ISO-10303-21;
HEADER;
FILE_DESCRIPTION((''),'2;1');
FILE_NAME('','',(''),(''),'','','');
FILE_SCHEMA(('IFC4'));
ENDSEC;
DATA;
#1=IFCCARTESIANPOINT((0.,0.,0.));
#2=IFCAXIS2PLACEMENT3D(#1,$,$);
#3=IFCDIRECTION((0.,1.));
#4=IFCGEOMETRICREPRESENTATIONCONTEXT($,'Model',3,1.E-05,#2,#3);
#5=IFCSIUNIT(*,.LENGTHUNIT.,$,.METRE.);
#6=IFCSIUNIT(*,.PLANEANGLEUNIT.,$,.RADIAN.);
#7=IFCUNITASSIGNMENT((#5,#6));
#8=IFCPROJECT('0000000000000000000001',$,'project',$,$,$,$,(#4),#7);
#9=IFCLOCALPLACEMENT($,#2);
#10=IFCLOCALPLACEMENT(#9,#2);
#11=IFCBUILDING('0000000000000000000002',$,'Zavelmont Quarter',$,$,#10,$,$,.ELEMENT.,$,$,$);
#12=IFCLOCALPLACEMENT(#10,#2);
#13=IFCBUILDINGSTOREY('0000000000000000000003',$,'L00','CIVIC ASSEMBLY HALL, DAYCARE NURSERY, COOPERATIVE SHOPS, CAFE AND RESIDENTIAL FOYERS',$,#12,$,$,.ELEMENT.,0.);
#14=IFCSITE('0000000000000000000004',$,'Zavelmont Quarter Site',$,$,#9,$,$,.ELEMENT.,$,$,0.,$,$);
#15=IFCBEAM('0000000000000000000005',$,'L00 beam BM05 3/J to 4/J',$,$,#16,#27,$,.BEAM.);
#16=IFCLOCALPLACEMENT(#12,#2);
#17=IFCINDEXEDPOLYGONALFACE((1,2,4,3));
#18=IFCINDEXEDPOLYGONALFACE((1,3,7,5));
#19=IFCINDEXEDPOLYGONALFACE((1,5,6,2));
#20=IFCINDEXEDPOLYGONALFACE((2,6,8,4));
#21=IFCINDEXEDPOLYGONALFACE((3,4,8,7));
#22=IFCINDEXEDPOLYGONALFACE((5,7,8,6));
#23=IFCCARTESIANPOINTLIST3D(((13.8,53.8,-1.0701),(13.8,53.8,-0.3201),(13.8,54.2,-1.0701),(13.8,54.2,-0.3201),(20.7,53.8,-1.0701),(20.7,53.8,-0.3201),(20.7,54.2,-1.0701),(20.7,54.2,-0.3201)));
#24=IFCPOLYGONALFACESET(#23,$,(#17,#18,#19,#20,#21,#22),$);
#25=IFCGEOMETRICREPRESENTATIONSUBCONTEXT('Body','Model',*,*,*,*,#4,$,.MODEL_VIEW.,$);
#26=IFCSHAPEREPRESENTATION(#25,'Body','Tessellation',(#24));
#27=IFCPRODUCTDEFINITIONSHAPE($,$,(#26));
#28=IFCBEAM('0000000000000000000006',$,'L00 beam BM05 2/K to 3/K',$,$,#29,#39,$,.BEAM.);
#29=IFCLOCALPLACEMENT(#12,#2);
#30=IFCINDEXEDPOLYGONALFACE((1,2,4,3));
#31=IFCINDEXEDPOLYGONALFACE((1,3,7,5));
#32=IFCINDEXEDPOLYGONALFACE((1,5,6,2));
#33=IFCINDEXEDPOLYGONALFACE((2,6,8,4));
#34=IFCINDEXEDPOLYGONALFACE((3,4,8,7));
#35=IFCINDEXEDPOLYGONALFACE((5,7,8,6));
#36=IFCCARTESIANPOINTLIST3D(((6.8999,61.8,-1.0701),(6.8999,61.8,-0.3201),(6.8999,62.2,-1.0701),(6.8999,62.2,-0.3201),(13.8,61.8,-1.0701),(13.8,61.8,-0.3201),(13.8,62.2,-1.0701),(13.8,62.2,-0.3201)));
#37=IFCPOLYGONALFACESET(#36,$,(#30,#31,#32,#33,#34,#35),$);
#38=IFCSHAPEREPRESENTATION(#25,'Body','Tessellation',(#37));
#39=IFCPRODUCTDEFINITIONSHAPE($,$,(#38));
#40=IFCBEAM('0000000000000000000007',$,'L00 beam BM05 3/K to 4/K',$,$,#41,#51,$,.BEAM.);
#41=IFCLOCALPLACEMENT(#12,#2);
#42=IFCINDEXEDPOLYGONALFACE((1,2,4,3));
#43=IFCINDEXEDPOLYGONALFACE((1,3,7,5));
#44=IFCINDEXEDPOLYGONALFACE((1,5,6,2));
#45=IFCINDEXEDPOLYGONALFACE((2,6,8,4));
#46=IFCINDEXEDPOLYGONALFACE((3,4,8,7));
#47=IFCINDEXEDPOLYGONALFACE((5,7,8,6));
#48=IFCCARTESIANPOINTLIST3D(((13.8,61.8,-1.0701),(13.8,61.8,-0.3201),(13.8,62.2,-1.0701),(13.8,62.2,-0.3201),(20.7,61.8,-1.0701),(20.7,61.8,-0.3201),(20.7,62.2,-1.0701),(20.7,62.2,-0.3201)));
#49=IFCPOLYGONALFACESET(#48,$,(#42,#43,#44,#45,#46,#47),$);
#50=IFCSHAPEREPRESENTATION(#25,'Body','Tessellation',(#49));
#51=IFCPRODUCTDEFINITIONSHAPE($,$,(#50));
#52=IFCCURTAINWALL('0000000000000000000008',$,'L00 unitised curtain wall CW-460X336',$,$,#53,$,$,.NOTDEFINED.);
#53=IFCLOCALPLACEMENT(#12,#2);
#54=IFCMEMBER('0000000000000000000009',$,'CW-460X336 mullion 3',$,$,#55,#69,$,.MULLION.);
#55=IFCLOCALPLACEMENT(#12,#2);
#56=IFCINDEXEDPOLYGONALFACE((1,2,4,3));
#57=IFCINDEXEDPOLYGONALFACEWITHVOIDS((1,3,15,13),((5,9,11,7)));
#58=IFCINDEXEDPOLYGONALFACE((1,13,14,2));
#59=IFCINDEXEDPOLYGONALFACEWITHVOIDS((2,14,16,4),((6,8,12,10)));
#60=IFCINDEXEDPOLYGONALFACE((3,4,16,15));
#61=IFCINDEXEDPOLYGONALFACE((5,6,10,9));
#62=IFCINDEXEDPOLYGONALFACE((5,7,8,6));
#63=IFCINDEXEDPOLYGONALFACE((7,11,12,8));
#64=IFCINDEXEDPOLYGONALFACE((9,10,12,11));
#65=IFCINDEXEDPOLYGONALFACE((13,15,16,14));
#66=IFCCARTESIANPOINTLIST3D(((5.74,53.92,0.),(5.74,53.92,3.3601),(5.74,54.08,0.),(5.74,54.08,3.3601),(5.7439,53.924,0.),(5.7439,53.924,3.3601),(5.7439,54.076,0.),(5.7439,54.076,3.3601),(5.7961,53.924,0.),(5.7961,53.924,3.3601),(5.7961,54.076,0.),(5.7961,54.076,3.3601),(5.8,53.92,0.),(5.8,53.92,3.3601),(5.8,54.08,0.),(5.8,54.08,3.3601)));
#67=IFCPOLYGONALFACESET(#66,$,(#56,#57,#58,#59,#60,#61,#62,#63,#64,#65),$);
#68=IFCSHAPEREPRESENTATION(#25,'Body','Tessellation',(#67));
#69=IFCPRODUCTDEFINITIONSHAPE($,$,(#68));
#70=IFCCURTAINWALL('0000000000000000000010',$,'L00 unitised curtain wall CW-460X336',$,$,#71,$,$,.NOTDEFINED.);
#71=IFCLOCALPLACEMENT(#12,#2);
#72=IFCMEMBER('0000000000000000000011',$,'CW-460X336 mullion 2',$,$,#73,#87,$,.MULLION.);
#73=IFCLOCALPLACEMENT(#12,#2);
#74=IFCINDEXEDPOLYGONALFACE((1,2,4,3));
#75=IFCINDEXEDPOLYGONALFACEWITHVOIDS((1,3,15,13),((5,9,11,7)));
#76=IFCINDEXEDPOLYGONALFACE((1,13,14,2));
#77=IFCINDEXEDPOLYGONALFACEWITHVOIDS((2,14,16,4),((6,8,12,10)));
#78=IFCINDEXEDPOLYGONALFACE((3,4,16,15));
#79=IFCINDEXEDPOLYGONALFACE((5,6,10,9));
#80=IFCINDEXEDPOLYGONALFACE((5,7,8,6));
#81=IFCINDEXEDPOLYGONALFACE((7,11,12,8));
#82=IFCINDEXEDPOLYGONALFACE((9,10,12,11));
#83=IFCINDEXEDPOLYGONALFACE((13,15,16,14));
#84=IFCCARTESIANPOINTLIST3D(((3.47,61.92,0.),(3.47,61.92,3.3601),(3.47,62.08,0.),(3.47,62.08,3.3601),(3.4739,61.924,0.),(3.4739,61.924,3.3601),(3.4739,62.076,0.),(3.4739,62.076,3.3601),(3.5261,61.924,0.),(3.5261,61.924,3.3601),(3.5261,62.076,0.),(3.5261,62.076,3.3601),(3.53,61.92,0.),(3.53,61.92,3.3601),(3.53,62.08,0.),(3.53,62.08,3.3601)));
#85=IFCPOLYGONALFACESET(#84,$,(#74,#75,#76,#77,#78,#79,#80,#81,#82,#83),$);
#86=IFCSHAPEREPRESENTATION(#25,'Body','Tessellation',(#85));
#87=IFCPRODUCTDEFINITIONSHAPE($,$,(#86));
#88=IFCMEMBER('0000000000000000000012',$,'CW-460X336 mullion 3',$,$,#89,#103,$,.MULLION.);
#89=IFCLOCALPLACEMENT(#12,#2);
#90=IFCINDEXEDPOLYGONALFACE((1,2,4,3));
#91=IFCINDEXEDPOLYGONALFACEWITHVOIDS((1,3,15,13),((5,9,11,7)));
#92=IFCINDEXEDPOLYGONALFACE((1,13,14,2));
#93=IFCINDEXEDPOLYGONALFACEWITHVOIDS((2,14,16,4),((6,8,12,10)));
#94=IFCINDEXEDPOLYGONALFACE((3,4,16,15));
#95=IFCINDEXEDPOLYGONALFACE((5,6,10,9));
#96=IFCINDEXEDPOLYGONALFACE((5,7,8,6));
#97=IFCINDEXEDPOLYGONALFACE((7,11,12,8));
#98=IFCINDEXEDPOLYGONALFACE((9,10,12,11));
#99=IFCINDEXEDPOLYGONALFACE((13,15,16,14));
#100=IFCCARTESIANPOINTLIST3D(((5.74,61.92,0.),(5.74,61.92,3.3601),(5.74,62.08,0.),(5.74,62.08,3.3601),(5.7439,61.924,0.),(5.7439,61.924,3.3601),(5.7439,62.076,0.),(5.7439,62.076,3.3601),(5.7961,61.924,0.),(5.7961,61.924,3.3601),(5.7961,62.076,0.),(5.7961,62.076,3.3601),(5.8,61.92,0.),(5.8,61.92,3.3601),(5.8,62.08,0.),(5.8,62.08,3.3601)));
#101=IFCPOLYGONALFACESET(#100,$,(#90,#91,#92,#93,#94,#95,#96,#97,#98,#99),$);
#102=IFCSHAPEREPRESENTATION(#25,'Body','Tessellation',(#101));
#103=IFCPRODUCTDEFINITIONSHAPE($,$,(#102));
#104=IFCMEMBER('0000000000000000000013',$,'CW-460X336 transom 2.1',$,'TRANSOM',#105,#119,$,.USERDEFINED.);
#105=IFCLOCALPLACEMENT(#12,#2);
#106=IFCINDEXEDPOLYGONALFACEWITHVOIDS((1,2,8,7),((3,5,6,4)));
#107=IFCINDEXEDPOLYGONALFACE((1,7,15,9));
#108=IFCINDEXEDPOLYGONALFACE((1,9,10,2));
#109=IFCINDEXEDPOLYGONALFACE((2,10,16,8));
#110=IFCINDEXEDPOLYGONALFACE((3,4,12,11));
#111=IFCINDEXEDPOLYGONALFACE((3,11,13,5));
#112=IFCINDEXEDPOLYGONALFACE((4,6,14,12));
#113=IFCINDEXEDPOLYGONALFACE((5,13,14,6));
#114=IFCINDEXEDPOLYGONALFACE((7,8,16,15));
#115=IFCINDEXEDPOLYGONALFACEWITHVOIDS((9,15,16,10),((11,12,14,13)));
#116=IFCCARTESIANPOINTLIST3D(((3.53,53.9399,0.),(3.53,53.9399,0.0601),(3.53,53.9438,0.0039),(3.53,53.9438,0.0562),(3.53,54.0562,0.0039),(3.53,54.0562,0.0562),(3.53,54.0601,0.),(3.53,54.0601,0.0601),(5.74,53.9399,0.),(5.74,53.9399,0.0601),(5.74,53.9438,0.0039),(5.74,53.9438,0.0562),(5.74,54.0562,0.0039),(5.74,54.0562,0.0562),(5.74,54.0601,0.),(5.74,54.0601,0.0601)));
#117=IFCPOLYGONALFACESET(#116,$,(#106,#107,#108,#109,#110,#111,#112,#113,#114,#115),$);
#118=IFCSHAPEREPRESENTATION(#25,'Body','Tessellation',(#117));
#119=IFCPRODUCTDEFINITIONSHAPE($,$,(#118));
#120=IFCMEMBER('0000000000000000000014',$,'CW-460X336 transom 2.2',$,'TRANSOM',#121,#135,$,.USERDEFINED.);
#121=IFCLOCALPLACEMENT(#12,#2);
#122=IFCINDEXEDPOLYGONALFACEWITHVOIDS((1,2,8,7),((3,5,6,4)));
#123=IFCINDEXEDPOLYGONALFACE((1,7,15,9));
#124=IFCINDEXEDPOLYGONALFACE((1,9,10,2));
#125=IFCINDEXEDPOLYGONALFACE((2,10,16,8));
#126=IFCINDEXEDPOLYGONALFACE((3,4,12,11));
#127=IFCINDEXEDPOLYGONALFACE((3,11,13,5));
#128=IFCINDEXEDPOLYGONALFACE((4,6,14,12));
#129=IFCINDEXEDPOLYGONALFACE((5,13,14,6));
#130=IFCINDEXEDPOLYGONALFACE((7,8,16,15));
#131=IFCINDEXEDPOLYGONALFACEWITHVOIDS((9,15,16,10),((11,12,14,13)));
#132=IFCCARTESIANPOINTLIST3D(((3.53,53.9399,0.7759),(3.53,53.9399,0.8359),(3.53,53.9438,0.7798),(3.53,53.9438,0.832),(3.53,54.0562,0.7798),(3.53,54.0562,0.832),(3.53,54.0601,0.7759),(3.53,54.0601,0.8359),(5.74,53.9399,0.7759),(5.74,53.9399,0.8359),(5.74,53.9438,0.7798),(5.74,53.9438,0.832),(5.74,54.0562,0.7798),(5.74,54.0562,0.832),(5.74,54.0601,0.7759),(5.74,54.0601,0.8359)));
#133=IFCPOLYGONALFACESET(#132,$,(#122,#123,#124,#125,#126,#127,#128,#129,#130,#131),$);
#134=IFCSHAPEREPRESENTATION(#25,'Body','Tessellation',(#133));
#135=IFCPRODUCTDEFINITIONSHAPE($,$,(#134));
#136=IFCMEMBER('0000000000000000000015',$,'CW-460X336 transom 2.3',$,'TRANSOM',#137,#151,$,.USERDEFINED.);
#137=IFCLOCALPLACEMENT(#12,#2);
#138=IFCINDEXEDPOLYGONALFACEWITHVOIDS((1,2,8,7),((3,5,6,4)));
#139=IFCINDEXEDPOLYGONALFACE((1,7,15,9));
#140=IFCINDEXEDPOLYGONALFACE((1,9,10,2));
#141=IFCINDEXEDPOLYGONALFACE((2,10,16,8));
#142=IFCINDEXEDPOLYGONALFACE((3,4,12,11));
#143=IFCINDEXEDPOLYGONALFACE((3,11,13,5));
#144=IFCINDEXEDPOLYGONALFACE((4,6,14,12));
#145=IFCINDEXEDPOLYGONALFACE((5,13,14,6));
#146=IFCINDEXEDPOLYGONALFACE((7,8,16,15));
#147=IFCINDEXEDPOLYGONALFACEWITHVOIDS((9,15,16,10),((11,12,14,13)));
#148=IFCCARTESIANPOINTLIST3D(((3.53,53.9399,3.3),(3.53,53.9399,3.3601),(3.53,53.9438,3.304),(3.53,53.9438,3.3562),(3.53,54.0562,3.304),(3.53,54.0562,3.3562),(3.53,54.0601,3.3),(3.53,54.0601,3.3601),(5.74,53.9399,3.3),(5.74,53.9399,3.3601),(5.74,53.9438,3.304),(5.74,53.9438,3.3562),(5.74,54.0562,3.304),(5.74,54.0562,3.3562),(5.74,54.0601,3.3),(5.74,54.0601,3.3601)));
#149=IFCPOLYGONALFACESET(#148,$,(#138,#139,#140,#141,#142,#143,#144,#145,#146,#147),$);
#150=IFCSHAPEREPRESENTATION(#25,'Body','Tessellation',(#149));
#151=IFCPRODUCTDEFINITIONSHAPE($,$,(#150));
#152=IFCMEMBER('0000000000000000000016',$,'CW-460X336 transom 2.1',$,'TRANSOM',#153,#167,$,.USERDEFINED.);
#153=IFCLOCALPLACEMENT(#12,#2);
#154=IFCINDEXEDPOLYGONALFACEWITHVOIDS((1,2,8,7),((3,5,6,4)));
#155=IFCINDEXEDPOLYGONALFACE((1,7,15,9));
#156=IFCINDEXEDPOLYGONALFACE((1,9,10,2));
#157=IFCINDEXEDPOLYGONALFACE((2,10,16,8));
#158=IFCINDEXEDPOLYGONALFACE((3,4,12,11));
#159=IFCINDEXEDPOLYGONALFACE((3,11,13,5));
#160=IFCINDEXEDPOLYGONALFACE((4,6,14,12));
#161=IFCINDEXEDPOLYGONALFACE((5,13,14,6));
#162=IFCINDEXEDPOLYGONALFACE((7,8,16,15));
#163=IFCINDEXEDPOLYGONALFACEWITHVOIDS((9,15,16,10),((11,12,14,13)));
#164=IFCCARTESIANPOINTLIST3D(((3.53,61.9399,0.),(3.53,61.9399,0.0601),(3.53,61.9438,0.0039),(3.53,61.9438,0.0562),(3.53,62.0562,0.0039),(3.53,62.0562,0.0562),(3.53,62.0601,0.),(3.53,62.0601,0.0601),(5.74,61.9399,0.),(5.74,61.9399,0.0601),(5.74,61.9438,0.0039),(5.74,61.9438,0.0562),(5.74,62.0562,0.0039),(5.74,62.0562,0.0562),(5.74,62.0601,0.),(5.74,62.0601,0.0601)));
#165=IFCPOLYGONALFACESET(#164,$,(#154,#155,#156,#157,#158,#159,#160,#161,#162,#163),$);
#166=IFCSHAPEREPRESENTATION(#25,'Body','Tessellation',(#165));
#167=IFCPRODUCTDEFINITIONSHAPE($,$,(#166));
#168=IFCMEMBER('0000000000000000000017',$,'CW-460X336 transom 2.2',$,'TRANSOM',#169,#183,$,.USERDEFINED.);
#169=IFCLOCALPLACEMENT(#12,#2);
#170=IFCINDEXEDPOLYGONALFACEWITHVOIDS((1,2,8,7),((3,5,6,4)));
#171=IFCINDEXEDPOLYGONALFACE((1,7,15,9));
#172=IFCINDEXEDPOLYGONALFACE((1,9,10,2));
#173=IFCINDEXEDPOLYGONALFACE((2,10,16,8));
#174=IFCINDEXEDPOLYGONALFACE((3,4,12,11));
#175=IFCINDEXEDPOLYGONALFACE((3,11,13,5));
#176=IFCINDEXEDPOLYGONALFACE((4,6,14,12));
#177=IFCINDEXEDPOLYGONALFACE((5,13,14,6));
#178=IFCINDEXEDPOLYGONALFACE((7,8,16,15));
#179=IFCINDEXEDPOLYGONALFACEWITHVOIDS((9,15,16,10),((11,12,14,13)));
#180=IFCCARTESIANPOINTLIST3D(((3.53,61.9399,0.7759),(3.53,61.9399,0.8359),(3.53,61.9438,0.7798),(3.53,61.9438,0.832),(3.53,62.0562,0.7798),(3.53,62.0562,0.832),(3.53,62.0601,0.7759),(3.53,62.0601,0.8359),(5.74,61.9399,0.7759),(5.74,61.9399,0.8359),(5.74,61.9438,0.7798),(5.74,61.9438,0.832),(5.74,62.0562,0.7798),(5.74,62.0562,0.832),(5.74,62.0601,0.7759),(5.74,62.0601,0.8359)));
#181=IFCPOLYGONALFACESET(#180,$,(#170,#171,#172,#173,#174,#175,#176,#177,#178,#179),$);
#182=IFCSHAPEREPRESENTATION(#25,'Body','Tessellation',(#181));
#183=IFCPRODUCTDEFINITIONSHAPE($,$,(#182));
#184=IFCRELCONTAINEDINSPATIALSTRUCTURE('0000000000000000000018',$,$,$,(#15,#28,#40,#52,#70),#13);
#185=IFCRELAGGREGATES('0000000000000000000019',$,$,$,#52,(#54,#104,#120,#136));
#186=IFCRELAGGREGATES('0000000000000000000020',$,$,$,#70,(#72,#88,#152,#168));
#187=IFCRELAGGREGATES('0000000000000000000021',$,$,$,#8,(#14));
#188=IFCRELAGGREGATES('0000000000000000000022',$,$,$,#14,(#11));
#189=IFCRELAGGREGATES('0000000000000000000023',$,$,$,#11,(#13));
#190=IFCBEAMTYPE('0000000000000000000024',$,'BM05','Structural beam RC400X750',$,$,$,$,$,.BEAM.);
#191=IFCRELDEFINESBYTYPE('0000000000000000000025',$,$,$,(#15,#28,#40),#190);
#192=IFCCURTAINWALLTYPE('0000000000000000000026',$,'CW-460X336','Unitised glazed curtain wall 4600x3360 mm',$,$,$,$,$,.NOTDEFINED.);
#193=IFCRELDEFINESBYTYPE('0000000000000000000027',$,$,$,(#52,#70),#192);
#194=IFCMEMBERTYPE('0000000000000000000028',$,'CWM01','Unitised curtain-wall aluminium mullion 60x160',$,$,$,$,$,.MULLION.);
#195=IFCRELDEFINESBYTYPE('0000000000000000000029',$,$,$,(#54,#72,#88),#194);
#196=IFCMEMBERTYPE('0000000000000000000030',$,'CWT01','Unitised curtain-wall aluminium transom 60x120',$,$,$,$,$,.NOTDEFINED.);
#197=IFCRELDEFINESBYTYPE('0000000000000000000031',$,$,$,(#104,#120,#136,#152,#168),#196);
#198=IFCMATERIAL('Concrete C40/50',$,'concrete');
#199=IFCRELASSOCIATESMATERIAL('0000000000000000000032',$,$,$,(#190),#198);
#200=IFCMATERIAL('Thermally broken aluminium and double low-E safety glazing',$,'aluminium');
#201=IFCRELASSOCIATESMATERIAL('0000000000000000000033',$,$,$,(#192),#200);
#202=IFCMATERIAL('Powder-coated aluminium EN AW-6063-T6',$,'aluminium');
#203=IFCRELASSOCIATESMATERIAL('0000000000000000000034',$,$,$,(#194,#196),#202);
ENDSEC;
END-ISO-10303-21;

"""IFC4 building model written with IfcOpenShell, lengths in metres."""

from ifc_helpers import new_model, si_unit, direction, frame, origin, origin_2d, place, context, subcontext, project, spatial, rectangle, hollow_rectangle, extrude, material, material_profile, profile_set, type_object, element, aggregate, save


model = new_model("IFC4")

# Units and contexts
model_context = context("Model", 3, precision=1e-05, world=origin(), true_north=direction((0.0, 1.0)))
body_context = subcontext(model_context, "Body", "Model", "MODEL_VIEW")
ifc_project = project(units=[si_unit("LENGTHUNIT", "METRE"), si_unit("PLANEANGLEUNIT", "RADIAN")], contexts=[model_context])

# Site, building, storey
site_placement = place(None, origin())
site = spatial("IfcSite", under=ifc_project, at=site_placement, Name="Zavelmont Quarter Site", CompositionType="ELEMENT", RefElevation=0.0)
building_placement = place(site_placement, origin())
building = spatial("IfcBuilding", under=site, at=building_placement, Name="Zavelmont Quarter", CompositionType="ELEMENT")
storey_placement = place(building_placement, origin())
storey = spatial("IfcBuildingStorey", under=building, at=storey_placement, Name="L00", Description="CIVIC ASSEMBLY HALL, DAYCARE NURSERY, COOPERATIVE SHOPS, CAFE AND RESIDENTIAL FOYERS", CompositionType="ELEMENT", Elevation=0.0)

# Beams
ifc_material_1 = material(Name="Concrete C40/50", Category="concrete")
ifc_material_profile_1 = material_profile(ifc_material_1, rectangle(XDim=0.3999, YDim=0.75, at=origin_2d()), Name="RC400X750")
ifc_profile_set_1 = profile_set([ifc_material_profile_1], Name="Concrete C40/50")
beam_type = type_object("IfcBeamType", Name="BM05", Description="Structural beam RC400X750", PredefinedType="BEAM", material=ifc_profile_set_1)
beam_1_placement = place(storey_placement, frame((13.8, 54.0, -0.6951), z_axis=(1.0, 0.0, 0.0), x_axis=(0.0, 1.0, 0.0)))
element("IfcBeam", 1, at=beam_1_placement, inside=storey, type_object=beam_type, Name="L00 beam BM05 3/J to 4/J", PredefinedType="BEAM", context=body_context, shape_type="SweptSolid", body=[
    extrude(rectangle(XDim=0.3999, YDim=0.75, at=origin_2d()), origin(), (0.0, 0.0, 1.0), 6.8999),
])
beam_2_placement = place(storey_placement, frame((6.8999, 62.0, -0.6951), z_axis=(1.0, 0.0, 0.0), x_axis=(0.0, 1.0, 0.0)))
element("IfcBeam", 2, at=beam_2_placement, inside=storey, type_object=beam_type, Name="L00 beam BM05 2/K to 3/K", PredefinedType="BEAM", context=body_context, shape_type="SweptSolid", body=[
    extrude(rectangle(XDim=0.3999, YDim=0.75, at=origin_2d()), origin(), (0.0, 0.0, 1.0), 6.9001),
])
beam_3_placement = place(storey_placement, frame((13.8, 62.0, -0.6951), z_axis=(1.0, 0.0, 0.0), x_axis=(0.0, 1.0, 0.0)))
element("IfcBeam", 3, at=beam_3_placement, inside=storey, type_object=beam_type, Name="L00 beam BM05 3/K to 4/K", PredefinedType="BEAM", context=body_context, shape_type="SweptSolid", body=[
    extrude(rectangle(XDim=0.3999, YDim=0.75, at=origin_2d()), origin(), (0.0, 0.0, 1.0), 6.8999),
])

# Curtain wall, member
ifc_material_2 = material(Name="Thermally broken aluminium and double low-E safety glazing", Category="aluminium")
curtain_wall_type = type_object("IfcCurtainWallType", Name="CW-460X336", Description="Unitised glazed curtain wall 4600x3360 mm", PredefinedType="NOTDEFINED", material=ifc_material_2)
curtain_wall_1_placement = place(storey_placement, origin())
curtain_wall_1 = element("IfcCurtainWall", 4, at=curtain_wall_1_placement, inside=storey, type_object=curtain_wall_type, Name="L00 unitised curtain wall CW-460X336", PredefinedType="NOTDEFINED")
ifc_material_3 = material(Name="Powder-coated aluminium EN AW-6063-T6", Category="aluminium")
ifc_material_profile_2 = material_profile(ifc_material_3, hollow_rectangle(XDim=0.0601, YDim=0.1599, WallThickness=0.0039, at=origin_2d()), Name="CWM60X160")
ifc_profile_set_2 = profile_set([ifc_material_profile_2], Name="Powder-coated aluminium EN AW-6063-T6")
member_type_1 = type_object("IfcMemberType", Name="CWM01", Description="Unitised curtain-wall aluminium mullion 60x160", PredefinedType="MULLION", material=ifc_profile_set_2)
member_1_placement = place(storey_placement, frame((5.77, 54.0, 0.0), z_axis=(0.0, 0.0, 1.0), x_axis=(1.0, 0.0, 0.0)))
member_1 = element("IfcMember", 5, at=member_1_placement, type_object=member_type_1, Name="CW-460X336 mullion 3", PredefinedType="MULLION", context=body_context, shape_type="SweptSolid", body=[
    extrude(hollow_rectangle(XDim=0.0601, YDim=0.1599, WallThickness=0.0039, at=origin_2d()), origin(), (0.0, 0.0, 1.0), 3.3601),
])

# Curtain wall, members
curtain_wall_2_placement = place(storey_placement, origin())
curtain_wall_2 = element("IfcCurtainWall", 6, at=curtain_wall_2_placement, inside=storey, type_object=curtain_wall_type, Name="L00 unitised curtain wall CW-460X336", PredefinedType="NOTDEFINED")
member_2_placement = place(storey_placement, frame((3.5, 62.0, 0.0), z_axis=(0.0, 0.0, 1.0), x_axis=(1.0, 0.0, 0.0)))
member_2 = element("IfcMember", 7, at=member_2_placement, type_object=member_type_1, Name="CW-460X336 mullion 2", PredefinedType="MULLION", context=body_context, shape_type="SweptSolid", body=[
    extrude(hollow_rectangle(XDim=0.0601, YDim=0.1599, WallThickness=0.0039, at=origin_2d()), origin(), (0.0, 0.0, 1.0), 3.3601),
])
member_3_placement = place(storey_placement, frame((5.77, 62.0, 0.0), z_axis=(0.0, 0.0, 1.0), x_axis=(1.0, 0.0, 0.0)))
member_3 = element("IfcMember", 8, at=member_3_placement, type_object=member_type_1, Name="CW-460X336 mullion 3", PredefinedType="MULLION", context=body_context, shape_type="SweptSolid", body=[
    extrude(hollow_rectangle(XDim=0.0601, YDim=0.1599, WallThickness=0.0039, at=origin_2d()), origin(), (0.0, 0.0, 1.0), 3.3601),
])

# Members
ifc_material_profile_3 = material_profile(ifc_material_3, hollow_rectangle(XDim=0.1201, YDim=0.0601, WallThickness=0.0039, at=origin_2d()), Name="CWT60X120")
ifc_profile_set_3 = profile_set([ifc_material_profile_3], Name="Powder-coated aluminium EN AW-6063-T6")
member_type_2 = type_object("IfcMemberType", Name="CWT01", Description="Unitised curtain-wall aluminium transom 60x120", PredefinedType="NOTDEFINED", material=ifc_profile_set_3)
member_4_placement = place(storey_placement, frame((3.53, 54.0, 0.03), z_axis=(1.0, 0.0, 0.0), x_axis=(0.0, 1.0, 0.0)))
member_4 = element("IfcMember", 9, at=member_4_placement, type_object=member_type_2, Name="CW-460X336 transom 2.1", ObjectType="TRANSOM", PredefinedType="USERDEFINED", context=body_context, shape_type="SweptSolid", body=[
    extrude(hollow_rectangle(XDim=0.1201, YDim=0.0601, WallThickness=0.0039, at=origin_2d()), origin(), (0.0, 0.0, 1.0), 2.21),
])
member_5_placement = place(storey_placement, frame((3.53, 54.0, 0.8059), z_axis=(1.0, 0.0, 0.0), x_axis=(0.0, 1.0, 0.0)))
member_5 = element("IfcMember", 10, at=member_5_placement, type_object=member_type_2, Name="CW-460X336 transom 2.2", ObjectType="TRANSOM", PredefinedType="USERDEFINED", context=body_context, shape_type="SweptSolid", body=[
    extrude(hollow_rectangle(XDim=0.1201, YDim=0.0601, WallThickness=0.0039, at=origin_2d()), origin(), (0.0, 0.0, 1.0), 2.21),
])
member_6_placement = place(storey_placement, frame((3.53, 54.0, 3.3301), z_axis=(1.0, 0.0, 0.0), x_axis=(0.0, 1.0, 0.0)))
member_6 = element("IfcMember", 11, at=member_6_placement, type_object=member_type_2, Name="CW-460X336 transom 2.3", ObjectType="TRANSOM", PredefinedType="USERDEFINED", context=body_context, shape_type="SweptSolid", body=[
    extrude(hollow_rectangle(XDim=0.1201, YDim=0.0601, WallThickness=0.0039, at=origin_2d()), origin(), (0.0, 0.0, 1.0), 2.21),
])
member_7_placement = place(storey_placement, frame((3.53, 62.0, 0.03), z_axis=(1.0, 0.0, 0.0), x_axis=(0.0, 1.0, 0.0)))
member_7 = element("IfcMember", 12, at=member_7_placement, type_object=member_type_2, Name="CW-460X336 transom 2.1", ObjectType="TRANSOM", PredefinedType="USERDEFINED", context=body_context, shape_type="SweptSolid", body=[
    extrude(hollow_rectangle(XDim=0.1201, YDim=0.0601, WallThickness=0.0039, at=origin_2d()), origin(), (0.0, 0.0, 1.0), 2.21),
])
member_8_placement = place(storey_placement, frame((3.53, 62.0, 0.8059), z_axis=(1.0, 0.0, 0.0), x_axis=(0.0, 1.0, 0.0)))
member_8 = element("IfcMember", 13, at=member_8_placement, type_object=member_type_2, Name="CW-460X336 transom 2.2", ObjectType="TRANSOM", PredefinedType="USERDEFINED", context=body_context, shape_type="SweptSolid", body=[
    extrude(hollow_rectangle(XDim=0.1201, YDim=0.0601, WallThickness=0.0039, at=origin_2d()), origin(), (0.0, 0.0, 1.0), 2.21),
])

aggregate(curtain_wall_1, [member_1, member_4, member_5, member_6])
aggregate(curtain_wall_2, [member_2, member_3, member_7, member_8])

save(model, "model.ifc")
